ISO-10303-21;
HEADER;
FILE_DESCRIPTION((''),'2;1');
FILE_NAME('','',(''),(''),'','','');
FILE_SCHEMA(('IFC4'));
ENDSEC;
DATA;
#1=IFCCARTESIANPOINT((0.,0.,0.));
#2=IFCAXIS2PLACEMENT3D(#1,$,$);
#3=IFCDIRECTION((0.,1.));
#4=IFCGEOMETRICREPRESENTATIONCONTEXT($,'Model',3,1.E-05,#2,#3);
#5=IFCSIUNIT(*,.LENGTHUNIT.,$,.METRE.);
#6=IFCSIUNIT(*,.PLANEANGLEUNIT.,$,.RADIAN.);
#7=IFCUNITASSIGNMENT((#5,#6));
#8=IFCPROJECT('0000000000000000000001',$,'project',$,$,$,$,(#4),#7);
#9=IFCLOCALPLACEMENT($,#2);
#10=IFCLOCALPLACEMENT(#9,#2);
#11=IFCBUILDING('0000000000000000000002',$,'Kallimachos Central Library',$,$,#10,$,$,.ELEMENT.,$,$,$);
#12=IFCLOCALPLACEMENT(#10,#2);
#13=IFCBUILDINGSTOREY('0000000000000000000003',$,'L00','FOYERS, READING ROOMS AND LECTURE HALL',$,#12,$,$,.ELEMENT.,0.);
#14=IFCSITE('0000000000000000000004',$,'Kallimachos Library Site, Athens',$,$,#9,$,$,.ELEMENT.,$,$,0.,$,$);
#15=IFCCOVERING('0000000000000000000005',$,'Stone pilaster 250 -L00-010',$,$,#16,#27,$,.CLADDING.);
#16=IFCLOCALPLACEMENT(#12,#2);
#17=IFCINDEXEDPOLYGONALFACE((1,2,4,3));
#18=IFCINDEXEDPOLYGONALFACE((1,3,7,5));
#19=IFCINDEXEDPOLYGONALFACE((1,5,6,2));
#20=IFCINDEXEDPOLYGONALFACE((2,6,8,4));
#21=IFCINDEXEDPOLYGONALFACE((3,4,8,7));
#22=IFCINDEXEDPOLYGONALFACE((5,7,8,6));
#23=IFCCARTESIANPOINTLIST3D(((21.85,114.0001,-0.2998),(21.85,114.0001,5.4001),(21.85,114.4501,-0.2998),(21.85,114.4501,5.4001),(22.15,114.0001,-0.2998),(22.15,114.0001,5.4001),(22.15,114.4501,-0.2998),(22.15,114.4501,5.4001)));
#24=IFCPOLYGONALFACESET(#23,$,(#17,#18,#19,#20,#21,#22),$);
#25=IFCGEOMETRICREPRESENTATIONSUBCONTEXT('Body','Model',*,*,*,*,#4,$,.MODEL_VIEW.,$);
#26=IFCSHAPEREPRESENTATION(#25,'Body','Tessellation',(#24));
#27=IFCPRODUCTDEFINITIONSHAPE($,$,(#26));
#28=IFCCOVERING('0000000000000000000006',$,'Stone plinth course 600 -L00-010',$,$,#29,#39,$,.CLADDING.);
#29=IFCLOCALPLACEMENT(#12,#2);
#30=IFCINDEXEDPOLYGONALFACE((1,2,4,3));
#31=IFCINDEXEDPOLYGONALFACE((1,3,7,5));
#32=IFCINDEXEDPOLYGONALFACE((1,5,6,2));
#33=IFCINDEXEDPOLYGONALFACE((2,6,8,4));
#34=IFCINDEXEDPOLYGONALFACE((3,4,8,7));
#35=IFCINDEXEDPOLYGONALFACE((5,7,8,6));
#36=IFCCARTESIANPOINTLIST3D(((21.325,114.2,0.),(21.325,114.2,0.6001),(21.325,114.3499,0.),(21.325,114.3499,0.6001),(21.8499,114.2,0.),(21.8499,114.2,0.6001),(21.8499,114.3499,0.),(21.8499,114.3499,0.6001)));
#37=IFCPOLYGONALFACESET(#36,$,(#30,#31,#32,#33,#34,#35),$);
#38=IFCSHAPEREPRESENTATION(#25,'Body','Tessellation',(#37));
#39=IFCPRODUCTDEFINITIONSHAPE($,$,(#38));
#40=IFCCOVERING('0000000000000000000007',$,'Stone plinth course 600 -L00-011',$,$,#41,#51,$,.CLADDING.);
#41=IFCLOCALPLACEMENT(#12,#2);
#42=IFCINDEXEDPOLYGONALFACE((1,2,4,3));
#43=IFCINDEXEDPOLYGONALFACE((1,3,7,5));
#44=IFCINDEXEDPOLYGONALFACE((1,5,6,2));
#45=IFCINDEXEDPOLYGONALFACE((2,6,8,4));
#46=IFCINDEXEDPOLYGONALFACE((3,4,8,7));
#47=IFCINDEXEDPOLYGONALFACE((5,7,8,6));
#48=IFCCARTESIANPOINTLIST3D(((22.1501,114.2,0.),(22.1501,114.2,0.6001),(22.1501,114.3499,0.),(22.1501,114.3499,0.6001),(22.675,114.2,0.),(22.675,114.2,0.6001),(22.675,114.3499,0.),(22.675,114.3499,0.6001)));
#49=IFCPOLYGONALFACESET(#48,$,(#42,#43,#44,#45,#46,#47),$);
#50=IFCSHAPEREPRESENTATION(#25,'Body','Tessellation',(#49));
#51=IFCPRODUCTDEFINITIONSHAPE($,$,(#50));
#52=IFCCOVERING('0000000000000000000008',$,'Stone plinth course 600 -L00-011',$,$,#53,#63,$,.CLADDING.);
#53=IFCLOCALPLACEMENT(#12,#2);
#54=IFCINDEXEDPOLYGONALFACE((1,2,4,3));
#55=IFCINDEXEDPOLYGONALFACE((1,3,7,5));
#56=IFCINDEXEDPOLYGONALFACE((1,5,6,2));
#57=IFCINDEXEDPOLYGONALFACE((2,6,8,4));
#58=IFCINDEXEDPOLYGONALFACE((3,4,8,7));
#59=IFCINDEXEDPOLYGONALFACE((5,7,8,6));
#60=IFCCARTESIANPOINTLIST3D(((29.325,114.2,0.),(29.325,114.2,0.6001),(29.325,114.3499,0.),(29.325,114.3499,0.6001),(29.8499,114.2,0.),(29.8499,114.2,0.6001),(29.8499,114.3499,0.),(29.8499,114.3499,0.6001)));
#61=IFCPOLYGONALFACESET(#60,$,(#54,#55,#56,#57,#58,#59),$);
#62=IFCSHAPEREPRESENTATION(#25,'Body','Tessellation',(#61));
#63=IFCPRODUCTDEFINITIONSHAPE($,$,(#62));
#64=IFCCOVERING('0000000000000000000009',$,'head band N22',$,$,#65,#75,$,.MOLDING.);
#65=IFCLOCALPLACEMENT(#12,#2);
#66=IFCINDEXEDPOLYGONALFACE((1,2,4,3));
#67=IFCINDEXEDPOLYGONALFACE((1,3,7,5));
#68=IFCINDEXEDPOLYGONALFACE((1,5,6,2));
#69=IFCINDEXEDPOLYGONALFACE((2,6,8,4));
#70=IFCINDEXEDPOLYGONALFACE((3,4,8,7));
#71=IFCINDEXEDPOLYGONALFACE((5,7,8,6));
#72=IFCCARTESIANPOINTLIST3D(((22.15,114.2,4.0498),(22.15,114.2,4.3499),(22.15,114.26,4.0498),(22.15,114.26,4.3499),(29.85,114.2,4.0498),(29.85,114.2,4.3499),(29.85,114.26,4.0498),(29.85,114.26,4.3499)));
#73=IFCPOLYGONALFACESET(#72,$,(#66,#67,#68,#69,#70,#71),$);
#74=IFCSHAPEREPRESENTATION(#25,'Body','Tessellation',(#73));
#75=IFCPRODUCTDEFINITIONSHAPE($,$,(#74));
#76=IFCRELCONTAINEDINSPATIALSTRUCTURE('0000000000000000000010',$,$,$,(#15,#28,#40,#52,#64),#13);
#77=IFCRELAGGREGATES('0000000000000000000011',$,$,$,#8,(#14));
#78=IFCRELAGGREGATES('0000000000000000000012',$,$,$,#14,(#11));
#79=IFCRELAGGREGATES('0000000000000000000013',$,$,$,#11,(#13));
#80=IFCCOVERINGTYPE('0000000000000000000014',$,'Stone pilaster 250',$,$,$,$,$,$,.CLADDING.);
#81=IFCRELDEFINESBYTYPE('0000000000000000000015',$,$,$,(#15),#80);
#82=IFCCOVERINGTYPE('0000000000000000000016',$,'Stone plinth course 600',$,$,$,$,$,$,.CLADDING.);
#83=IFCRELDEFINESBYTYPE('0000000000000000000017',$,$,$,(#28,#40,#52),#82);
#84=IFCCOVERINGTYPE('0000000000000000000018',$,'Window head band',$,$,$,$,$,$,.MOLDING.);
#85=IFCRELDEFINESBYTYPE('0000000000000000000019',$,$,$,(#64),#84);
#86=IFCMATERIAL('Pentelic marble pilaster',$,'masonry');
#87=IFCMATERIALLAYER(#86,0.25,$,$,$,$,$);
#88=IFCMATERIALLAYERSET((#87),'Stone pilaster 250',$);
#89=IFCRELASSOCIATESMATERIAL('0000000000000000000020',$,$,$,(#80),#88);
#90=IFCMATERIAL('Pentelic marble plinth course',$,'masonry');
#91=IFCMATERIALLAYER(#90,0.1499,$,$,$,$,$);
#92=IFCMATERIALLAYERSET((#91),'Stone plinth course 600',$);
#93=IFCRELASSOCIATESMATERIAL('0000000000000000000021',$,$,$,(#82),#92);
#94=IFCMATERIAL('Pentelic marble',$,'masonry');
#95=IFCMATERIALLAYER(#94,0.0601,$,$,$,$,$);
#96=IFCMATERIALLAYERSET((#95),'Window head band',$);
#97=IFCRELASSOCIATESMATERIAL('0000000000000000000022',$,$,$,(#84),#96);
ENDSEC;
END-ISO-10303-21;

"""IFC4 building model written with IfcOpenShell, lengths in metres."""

from ifc_helpers import new_model, si_unit, direction, frame, origin, origin_2d, place, context, subcontext, project, spatial, rectangle, extrude, material, layer, layer_set, type_object, element, save


model = new_model("IFC4")

# Units and contexts
model_context = context("Model", 3, precision=1e-05, world=origin(), true_north=direction((0.0, 1.0)))
body_context = subcontext(model_context, "Body", "Model", "MODEL_VIEW")
ifc_project = project(units=[si_unit("LENGTHUNIT", "METRE"), si_unit("PLANEANGLEUNIT", "RADIAN")], contexts=[model_context])

# Site, building, storey
site_placement = place(None, origin())
site = spatial("IfcSite", under=ifc_project, at=site_placement, Name="Kallimachos Library Site, Athens", CompositionType="ELEMENT", RefElevation=0.0)
building_placement = place(site_placement, origin())
building = spatial("IfcBuilding", under=site, at=building_placement, Name="Kallimachos Central Library", CompositionType="ELEMENT")
storey_placement = place(building_placement, origin())
storey = spatial("IfcBuildingStorey", under=building, at=storey_placement, Name="L00", Description="FOYERS, READING ROOMS AND LECTURE HALL", CompositionType="ELEMENT", Elevation=0.0)

# Coverings
ifc_material_1 = material(Name="Pentelic marble pilaster", Category="masonry")
ifc_layer_1 = layer(ifc_material_1, 0.25)
ifc_layer_set_1 = layer_set([ifc_layer_1], Name="Stone pilaster 250")
covering_type_1 = type_object("IfcCoveringType", Name="Stone pilaster 250", PredefinedType="CLADDING", material=ifc_layer_set_1)
covering_1_placement = place(storey_placement, frame((22.0, 114.2251, -0.2998), z_axis=(0.0, 0.0, 1.0), x_axis=(1.0, 0.0, 0.0)))
element("IfcCovering", 1, at=covering_1_placement, inside=storey, type_object=covering_type_1, Name="Stone pilaster 250 -L00-010", PredefinedType="CLADDING", context=body_context, shape_type="SweptSolid", body=[
    extrude(rectangle(XDim=0.3, YDim=0.45, at=origin_2d()), origin(), (0.0, 0.0, 1.0), 5.7),
])
ifc_material_2 = material(Name="Pentelic marble plinth course", Category="masonry")
ifc_layer_2 = layer(ifc_material_2, 0.1499)
ifc_layer_set_2 = layer_set([ifc_layer_2], Name="Stone plinth course 600")
covering_type_2 = type_object("IfcCoveringType", Name="Stone plinth course 600", PredefinedType="CLADDING", material=ifc_layer_set_2)
for number, where, z_axis, x_axis, name in (
    (2, (21.5874, 114.2749, 0.0), (0.0, 0.0, 1.0), (1.0, 0.0, 0.0), "Stone plinth course 600 -L00-010"),
    (3, (22.4126, 114.2749, 0.0), (0.0, 0.0, 1.0), (1.0, 0.0, 0.0), "Stone plinth course 600 -L00-011"),
    (4, (29.5874, 114.2749, 0.0), (0.0, 0.0, 1.0), (1.0, 0.0, 0.0), "Stone plinth course 600 -L00-011"),
):
    element("IfcCovering", number, at=place(storey_placement, frame(where, z_axis=z_axis, x_axis=x_axis)), inside=storey, type_object=covering_type_2, Name=name, PredefinedType="CLADDING", context=body_context, shape_type="SweptSolid", body=[
        extrude(rectangle(XDim=0.5249, YDim=0.1499, at=origin_2d()), origin(), (0.0, 0.0, 1.0), 0.6001),
    ])
ifc_material_3 = material(Name="Pentelic marble", Category="masonry")
ifc_layer_3 = layer(ifc_material_3, 0.0601)
ifc_layer_set_3 = layer_set([ifc_layer_3], Name="Window head band")
covering_type_3 = type_object("IfcCoveringType", Name="Window head band", PredefinedType="MOLDING", material=ifc_layer_set_3)
covering_2_placement = place(storey_placement, frame((26.0, 114.23, 4.0498), z_axis=(0.0, 0.0, 1.0), x_axis=(1.0, 0.0, 0.0)))
element("IfcCovering", 5, at=covering_2_placement, inside=storey, type_object=covering_type_3, Name="head band N22", PredefinedType="MOLDING", context=body_context, shape_type="SweptSolid", body=[
    extrude(rectangle(XDim=7.7, YDim=0.0601, at=origin_2d()), origin(), (0.0, 0.0, 1.0), 0.3),
])

save(model, "model.ifc")
